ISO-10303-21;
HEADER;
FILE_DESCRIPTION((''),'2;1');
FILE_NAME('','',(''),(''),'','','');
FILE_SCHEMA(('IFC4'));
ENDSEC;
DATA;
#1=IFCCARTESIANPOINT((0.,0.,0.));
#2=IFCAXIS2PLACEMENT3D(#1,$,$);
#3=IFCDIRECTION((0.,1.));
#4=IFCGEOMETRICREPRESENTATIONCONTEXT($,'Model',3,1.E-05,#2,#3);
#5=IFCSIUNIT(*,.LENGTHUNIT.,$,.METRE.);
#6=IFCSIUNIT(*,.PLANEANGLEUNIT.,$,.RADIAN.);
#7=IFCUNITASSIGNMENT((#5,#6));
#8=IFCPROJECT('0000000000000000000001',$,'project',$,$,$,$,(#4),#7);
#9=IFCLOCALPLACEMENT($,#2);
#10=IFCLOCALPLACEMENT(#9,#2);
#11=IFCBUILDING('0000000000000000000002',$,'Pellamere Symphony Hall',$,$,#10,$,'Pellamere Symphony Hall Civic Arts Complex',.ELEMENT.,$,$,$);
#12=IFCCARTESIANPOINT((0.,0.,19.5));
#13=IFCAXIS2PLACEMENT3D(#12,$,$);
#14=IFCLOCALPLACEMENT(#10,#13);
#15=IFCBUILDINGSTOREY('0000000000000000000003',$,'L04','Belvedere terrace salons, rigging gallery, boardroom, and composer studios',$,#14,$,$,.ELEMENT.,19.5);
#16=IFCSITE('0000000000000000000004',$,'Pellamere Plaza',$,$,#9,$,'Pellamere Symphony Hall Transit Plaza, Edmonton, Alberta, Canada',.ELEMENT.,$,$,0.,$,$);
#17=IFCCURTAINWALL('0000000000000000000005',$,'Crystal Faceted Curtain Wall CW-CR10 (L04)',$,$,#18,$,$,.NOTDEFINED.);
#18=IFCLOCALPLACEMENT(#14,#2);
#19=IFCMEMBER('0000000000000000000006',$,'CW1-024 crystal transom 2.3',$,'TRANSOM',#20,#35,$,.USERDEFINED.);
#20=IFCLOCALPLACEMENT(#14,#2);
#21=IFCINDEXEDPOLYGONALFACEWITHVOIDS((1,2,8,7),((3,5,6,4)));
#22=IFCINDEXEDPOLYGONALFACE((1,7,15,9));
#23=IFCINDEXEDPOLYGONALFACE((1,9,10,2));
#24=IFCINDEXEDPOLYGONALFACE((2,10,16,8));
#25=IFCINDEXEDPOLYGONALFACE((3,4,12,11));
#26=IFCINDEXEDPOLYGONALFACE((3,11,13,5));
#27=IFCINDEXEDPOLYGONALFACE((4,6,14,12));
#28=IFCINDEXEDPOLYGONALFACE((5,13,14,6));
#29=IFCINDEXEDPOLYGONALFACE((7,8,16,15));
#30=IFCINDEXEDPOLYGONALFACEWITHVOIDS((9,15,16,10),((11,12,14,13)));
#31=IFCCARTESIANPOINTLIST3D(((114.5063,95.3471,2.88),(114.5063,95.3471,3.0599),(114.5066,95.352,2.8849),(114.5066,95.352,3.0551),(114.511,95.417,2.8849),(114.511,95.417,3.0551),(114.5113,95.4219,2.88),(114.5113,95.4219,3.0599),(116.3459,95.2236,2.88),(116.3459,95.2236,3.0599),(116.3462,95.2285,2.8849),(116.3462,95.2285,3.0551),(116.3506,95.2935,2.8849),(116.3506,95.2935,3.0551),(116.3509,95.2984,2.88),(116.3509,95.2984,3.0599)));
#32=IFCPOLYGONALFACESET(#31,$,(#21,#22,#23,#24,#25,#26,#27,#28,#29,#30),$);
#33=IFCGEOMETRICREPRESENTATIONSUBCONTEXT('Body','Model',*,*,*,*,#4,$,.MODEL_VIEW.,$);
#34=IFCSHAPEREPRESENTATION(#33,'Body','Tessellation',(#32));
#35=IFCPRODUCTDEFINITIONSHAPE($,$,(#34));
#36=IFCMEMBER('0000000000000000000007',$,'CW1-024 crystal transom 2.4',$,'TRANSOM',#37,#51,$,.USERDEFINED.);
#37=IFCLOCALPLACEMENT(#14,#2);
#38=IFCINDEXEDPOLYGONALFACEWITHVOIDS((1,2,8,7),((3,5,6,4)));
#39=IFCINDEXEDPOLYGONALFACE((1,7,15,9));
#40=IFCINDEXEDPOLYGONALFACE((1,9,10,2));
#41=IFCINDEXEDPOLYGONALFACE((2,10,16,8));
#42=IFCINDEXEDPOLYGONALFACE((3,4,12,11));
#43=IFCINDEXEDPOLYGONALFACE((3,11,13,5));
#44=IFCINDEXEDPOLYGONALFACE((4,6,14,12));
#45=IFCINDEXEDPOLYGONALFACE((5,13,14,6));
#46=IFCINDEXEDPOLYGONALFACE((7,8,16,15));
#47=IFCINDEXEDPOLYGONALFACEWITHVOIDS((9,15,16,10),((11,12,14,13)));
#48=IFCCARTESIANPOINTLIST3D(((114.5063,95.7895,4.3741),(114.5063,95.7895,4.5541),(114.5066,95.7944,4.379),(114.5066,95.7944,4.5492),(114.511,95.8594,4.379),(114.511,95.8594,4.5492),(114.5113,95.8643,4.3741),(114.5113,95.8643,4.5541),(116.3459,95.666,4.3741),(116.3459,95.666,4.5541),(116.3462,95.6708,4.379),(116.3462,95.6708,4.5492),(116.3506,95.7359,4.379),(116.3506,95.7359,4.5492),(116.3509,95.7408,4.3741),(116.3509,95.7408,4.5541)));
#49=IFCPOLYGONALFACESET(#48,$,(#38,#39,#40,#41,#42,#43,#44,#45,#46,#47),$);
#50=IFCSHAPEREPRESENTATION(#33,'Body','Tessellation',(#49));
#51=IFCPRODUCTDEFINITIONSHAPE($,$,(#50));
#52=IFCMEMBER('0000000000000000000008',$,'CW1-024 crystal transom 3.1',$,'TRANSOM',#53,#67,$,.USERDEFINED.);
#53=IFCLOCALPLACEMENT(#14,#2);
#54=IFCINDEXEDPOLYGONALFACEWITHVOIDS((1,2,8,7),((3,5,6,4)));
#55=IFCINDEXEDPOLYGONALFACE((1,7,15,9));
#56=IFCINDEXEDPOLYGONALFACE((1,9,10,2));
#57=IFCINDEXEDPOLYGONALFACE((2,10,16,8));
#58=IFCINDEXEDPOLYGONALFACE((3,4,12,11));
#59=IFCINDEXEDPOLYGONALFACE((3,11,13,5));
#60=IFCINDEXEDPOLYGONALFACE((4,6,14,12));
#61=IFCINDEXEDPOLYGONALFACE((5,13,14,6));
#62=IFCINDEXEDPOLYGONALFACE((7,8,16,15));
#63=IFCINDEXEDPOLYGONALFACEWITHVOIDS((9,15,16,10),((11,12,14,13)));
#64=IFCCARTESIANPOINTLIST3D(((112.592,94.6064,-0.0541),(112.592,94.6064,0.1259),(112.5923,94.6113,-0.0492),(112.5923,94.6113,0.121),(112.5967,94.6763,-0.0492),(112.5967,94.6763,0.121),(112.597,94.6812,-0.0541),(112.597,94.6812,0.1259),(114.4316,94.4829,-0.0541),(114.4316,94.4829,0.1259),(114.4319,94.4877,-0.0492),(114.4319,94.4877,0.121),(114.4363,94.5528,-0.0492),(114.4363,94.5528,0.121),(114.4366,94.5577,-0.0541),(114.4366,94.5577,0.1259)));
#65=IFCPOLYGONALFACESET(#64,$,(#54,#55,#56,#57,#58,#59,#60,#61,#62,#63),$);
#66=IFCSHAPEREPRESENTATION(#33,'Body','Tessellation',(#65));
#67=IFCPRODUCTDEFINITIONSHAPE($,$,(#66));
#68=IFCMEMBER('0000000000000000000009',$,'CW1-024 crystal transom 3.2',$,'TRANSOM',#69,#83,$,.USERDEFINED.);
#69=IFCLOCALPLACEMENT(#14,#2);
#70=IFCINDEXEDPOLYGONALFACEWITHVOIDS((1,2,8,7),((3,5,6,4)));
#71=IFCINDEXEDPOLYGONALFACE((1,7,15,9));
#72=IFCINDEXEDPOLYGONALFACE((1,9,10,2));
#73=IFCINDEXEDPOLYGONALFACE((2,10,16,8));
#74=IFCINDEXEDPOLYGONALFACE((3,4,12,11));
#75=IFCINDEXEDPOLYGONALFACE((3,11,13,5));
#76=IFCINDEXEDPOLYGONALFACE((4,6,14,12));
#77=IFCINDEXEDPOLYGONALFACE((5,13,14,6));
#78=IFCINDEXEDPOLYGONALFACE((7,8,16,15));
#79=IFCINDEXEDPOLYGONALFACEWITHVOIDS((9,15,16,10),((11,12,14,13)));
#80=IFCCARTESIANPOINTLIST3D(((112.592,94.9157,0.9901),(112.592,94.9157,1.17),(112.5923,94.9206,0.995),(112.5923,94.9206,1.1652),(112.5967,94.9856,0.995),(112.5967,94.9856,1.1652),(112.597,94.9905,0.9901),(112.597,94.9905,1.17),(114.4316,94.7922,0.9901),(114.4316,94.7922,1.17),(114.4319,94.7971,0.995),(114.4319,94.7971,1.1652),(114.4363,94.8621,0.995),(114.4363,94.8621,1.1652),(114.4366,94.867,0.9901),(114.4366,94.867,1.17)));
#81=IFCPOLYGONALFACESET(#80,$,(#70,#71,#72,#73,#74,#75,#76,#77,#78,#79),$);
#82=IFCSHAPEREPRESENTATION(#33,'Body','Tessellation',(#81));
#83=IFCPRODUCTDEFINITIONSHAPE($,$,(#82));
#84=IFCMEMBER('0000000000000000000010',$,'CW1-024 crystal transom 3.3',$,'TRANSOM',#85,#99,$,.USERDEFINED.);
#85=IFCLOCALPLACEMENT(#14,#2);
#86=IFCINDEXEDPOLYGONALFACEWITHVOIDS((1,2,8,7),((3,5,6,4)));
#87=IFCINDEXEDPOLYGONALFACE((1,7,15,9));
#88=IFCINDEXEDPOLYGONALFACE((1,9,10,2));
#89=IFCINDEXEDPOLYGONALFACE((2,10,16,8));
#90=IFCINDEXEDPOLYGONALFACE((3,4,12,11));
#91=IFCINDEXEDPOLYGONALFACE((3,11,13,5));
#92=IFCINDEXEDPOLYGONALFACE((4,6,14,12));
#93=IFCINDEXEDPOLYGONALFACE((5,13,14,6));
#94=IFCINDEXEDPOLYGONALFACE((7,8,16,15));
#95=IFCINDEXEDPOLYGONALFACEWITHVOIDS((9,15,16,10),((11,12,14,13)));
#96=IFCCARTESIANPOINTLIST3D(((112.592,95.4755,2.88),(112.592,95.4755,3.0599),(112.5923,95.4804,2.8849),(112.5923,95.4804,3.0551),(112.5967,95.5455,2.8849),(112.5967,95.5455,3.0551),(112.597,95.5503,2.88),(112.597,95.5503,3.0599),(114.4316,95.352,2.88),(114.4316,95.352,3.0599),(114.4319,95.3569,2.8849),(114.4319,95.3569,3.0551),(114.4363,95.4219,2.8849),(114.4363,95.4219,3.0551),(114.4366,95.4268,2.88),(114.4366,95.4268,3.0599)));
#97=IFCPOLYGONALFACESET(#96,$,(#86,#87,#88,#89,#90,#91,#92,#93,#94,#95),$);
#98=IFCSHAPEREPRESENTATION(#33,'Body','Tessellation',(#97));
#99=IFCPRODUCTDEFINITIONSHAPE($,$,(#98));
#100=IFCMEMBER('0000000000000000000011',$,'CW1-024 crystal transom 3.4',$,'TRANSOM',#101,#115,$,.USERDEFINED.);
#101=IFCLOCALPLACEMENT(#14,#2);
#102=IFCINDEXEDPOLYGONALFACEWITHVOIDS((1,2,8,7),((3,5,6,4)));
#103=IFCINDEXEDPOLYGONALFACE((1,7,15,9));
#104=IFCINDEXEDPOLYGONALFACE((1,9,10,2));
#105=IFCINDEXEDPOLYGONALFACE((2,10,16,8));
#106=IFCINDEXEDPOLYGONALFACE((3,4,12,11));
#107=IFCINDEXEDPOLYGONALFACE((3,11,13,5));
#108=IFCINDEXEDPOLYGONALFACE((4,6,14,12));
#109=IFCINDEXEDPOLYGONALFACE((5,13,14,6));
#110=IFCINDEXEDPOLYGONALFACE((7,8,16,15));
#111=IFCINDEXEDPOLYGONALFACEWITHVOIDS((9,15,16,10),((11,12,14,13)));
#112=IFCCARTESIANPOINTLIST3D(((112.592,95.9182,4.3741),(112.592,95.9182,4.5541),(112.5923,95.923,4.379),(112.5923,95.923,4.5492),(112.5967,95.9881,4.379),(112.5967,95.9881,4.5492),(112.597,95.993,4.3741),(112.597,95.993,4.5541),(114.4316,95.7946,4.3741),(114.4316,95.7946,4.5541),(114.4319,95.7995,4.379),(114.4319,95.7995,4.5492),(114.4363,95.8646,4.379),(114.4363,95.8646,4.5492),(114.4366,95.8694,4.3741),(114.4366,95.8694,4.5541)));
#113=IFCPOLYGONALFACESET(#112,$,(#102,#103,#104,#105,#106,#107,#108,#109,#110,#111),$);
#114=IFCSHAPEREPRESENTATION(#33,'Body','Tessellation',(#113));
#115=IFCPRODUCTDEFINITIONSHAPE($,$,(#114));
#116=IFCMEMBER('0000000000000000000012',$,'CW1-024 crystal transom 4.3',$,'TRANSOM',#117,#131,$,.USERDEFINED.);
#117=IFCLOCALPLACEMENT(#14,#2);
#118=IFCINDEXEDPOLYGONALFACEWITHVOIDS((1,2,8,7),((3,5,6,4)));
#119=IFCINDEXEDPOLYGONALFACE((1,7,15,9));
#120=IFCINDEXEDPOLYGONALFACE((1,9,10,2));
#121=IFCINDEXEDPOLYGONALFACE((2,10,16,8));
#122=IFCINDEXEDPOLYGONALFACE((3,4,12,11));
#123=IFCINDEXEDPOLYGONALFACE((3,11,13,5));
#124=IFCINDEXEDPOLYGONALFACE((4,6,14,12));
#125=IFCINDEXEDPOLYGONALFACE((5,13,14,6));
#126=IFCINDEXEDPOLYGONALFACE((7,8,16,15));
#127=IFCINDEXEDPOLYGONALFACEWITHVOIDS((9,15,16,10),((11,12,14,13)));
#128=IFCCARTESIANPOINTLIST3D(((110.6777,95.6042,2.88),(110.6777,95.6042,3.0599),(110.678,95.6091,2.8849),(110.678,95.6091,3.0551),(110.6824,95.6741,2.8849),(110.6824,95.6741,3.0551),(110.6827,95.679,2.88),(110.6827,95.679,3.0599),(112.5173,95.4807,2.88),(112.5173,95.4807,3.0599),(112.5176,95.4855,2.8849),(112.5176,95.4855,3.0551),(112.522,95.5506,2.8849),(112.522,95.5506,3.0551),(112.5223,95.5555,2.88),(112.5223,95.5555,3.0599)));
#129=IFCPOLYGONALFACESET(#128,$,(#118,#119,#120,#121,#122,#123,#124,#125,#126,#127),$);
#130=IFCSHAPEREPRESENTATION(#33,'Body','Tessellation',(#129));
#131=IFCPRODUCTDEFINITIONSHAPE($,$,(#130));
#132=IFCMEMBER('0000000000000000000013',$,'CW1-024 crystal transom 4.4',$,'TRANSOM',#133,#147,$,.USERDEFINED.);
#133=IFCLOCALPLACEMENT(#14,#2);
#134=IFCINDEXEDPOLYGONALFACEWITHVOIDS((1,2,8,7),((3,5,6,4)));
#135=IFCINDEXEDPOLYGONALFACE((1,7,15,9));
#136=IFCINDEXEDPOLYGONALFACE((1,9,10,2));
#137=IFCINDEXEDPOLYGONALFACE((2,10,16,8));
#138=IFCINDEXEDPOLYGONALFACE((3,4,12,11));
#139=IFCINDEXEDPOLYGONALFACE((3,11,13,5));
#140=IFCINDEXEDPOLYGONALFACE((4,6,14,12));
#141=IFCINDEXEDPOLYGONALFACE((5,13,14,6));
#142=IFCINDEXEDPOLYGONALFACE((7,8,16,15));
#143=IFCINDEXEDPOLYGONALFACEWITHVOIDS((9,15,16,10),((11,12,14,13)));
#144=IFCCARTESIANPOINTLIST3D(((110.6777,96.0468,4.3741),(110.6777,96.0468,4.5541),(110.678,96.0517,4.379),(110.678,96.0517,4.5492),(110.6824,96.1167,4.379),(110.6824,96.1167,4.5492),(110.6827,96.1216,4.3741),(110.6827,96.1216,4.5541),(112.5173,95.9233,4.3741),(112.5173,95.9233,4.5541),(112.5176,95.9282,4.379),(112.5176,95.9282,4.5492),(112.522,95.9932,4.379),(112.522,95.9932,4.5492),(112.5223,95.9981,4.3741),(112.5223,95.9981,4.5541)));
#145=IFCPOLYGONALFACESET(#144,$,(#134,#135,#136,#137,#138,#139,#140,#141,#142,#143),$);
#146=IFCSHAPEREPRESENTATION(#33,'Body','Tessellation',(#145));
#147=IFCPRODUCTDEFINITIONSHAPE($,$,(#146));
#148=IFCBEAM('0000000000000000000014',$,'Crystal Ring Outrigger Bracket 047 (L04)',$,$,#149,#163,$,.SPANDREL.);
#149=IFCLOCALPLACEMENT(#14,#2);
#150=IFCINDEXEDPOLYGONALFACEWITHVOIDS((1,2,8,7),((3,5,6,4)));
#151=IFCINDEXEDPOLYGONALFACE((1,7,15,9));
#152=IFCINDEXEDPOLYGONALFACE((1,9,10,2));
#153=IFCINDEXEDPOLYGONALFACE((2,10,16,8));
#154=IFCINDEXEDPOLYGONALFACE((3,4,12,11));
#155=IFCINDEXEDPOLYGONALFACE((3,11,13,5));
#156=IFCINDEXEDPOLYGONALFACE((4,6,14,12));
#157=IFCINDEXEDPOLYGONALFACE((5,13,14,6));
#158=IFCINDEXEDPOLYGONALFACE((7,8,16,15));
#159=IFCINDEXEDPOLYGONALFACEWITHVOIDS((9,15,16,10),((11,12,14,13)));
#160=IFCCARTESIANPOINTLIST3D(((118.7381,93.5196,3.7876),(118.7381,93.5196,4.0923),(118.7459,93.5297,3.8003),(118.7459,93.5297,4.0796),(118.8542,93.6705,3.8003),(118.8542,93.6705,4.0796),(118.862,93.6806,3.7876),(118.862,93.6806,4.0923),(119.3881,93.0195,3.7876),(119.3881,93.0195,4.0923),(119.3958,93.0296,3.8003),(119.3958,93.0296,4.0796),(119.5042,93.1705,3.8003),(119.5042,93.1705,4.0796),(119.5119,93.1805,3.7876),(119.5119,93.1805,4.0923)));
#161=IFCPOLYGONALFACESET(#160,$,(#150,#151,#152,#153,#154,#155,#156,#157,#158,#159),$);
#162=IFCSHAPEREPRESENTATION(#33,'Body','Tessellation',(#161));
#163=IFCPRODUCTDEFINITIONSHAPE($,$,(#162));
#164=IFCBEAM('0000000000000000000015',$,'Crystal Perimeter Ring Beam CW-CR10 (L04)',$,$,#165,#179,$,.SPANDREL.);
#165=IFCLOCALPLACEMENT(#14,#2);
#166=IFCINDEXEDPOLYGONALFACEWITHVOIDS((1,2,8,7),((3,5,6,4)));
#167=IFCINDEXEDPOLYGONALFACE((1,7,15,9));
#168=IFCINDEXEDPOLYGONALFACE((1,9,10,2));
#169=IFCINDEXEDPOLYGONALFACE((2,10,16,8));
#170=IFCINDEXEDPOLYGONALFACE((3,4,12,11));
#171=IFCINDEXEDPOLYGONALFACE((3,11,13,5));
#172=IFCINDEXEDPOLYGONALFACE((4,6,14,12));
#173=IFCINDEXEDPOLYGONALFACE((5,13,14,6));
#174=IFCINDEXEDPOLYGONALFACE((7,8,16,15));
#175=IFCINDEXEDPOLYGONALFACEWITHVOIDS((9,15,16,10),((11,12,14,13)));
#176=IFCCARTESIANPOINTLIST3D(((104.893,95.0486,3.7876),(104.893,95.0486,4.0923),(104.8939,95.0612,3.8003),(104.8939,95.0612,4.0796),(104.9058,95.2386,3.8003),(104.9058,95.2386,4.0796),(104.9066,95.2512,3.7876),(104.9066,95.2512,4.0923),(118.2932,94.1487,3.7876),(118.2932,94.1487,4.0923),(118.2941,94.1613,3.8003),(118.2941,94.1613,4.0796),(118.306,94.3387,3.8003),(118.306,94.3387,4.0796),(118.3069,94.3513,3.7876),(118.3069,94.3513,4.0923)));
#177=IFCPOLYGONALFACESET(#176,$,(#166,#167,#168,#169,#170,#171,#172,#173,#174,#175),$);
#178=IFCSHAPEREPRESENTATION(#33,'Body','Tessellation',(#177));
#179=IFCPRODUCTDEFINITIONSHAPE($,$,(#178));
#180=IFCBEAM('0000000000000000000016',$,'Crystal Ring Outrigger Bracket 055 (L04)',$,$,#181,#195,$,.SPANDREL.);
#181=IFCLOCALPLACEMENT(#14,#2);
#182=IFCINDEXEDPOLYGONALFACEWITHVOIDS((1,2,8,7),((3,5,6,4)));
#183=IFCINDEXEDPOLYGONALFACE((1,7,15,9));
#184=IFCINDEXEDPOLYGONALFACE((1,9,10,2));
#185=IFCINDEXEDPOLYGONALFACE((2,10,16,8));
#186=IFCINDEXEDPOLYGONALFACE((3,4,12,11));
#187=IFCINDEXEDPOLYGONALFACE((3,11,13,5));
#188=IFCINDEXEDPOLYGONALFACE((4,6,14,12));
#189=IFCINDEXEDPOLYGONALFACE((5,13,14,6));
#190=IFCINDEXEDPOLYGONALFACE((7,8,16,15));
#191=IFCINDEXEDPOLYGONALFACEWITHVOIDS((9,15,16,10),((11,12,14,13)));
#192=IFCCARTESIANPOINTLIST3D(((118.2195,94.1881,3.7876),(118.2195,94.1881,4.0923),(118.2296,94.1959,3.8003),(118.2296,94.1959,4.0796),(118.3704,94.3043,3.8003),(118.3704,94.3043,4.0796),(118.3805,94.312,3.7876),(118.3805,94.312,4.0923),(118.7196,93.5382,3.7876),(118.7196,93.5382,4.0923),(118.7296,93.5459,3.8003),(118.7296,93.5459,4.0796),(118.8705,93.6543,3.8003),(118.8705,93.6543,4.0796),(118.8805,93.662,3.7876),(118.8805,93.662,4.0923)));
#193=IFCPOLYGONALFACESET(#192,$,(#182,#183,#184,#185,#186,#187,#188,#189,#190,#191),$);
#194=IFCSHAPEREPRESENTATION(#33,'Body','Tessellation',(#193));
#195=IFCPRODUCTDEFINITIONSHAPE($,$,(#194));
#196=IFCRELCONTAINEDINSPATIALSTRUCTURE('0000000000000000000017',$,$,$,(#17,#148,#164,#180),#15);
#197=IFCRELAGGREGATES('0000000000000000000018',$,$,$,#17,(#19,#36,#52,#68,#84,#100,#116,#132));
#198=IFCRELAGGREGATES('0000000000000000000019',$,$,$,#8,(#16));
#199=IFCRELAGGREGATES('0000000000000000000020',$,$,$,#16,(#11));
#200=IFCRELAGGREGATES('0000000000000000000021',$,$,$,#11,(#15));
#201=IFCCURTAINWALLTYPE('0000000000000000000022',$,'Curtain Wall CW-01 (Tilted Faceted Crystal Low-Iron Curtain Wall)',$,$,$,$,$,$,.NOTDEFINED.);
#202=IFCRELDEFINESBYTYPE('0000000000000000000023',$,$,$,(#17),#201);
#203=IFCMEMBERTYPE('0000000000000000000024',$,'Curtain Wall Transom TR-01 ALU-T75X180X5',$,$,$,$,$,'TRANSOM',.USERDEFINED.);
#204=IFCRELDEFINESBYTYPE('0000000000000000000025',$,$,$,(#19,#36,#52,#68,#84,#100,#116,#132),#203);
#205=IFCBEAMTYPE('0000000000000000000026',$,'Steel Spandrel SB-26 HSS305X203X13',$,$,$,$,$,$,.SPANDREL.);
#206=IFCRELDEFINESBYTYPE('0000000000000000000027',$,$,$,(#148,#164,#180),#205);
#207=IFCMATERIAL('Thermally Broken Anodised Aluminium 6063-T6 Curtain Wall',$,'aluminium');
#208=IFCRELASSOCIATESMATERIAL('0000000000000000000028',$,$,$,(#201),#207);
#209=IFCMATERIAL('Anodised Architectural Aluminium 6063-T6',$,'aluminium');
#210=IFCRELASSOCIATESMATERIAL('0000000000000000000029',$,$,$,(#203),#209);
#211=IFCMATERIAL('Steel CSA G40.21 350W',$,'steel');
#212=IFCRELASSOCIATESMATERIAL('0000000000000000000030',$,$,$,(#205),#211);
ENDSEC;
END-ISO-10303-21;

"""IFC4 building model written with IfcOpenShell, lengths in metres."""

from ifc_helpers import new_model, si_unit, direction, frame, origin, origin_2d, place, context, subcontext, project, spatial, hollow_rectangle, extrude, material, material_profile, profile_set, type_object, element, aggregate, save


model = new_model("IFC4")

# Units and contexts
model_context = context("Model", 3, precision=1e-05, world=origin(), true_north=direction((0.0, 1.0)))
body_context = subcontext(model_context, "Body", "Model", "MODEL_VIEW")
ifc_project = project(units=[si_unit("LENGTHUNIT", "METRE"), si_unit("PLANEANGLEUNIT", "RADIAN")], contexts=[model_context])

# Site, building, storey
site_placement = place(None, origin())
site = spatial("IfcSite", under=ifc_project, at=site_placement, Name="Pellamere Plaza", LongName="Pellamere Symphony Hall Transit Plaza, Edmonton, Alberta, Canada", CompositionType="ELEMENT", RefElevation=0.0)
building_placement = place(site_placement, origin())
building = spatial("IfcBuilding", under=site, at=building_placement, Name="Pellamere Symphony Hall", LongName="Pellamere Symphony Hall Civic Arts Complex", CompositionType="ELEMENT")
storey_placement = place(building_placement, frame((0.0, 0.0, 19.5)))
storey = spatial("IfcBuildingStorey", under=building, at=storey_placement, Name="L04", Description="Belvedere terrace salons, rigging gallery, boardroom, and composer studios", CompositionType="ELEMENT", Elevation=19.5)

# Curtain wall, members
ifc_material_1 = material(Name="Thermally Broken Anodised Aluminium 6063-T6 Curtain Wall", Category="aluminium")
curtain_wall_type = type_object("IfcCurtainWallType", Name="Curtain Wall CW-01 (Tilted Faceted Crystal Low-Iron Curtain Wall)", PredefinedType="NOTDEFINED", material=ifc_material_1)
curtain_wall_placement = place(storey_placement, origin())
curtain_wall = element("IfcCurtainWall", 1, at=curtain_wall_placement, inside=storey, type_object=curtain_wall_type, Name="Crystal Faceted Curtain Wall CW-CR10 (L04)", PredefinedType="NOTDEFINED")
ifc_material_2 = material(Name="Anodised Architectural Aluminium 6063-T6", Category="aluminium")
ifc_material_profile_1 = material_profile(ifc_material_2, hollow_rectangle(XDim=0.075, YDim=0.1799, WallThickness=0.0049, at=origin_2d()), Name="ALU-T75X180X5")
ifc_profile_set_1 = profile_set([ifc_material_profile_1], Name="Anodised Architectural Aluminium 6063-T6")
member_type_1 = type_object("IfcMemberType", Name="Curtain Wall Transom TR-01 ALU-T75X180X5", ElementType="TRANSOM", PredefinedType="USERDEFINED", material=ifc_profile_set_1)
member_1_placement = place(storey_placement, frame((116.3484, 95.261, 2.97), z_axis=(-0.997753, 0.067002, 0.0), x_axis=(-0.067002, -0.997753, 0.0)))
member_1 = element("IfcMember", 2, at=member_1_placement, type_object=member_type_1, Name="CW1-024 crystal transom 2.3", ObjectType="TRANSOM", PredefinedType="USERDEFINED", context=body_context, shape_type="SweptSolid", body=[
    extrude(hollow_rectangle(XDim=0.075, YDim=0.1799, WallThickness=0.0049, at=origin_2d()), origin(), (0.0, 0.0, 1.0), 1.8438),
])
member_2_placement = place(storey_placement, frame((116.3484, 95.7034, 4.4641), z_axis=(-0.997753, 0.067002, 0.0), x_axis=(-0.067002, -0.997753, 0.0)))
member_2 = element("IfcMember", 3, at=member_2_placement, type_object=member_type_1, Name="CW1-024 crystal transom 2.4", ObjectType="TRANSOM", PredefinedType="USERDEFINED", context=body_context, shape_type="SweptSolid", body=[
    extrude(hollow_rectangle(XDim=0.075, YDim=0.1799, WallThickness=0.0049, at=origin_2d()), origin(), (0.0, 0.0, 1.0), 1.8438),
])
member_3_placement = place(storey_placement, frame((114.4341, 94.5203, 0.0359), z_axis=(-0.997753, 0.067002, 0.0), x_axis=(-0.067002, -0.997753, 0.0)))
member_3 = element("IfcMember", 4, at=member_3_placement, type_object=member_type_1, Name="CW1-024 crystal transom 3.1", ObjectType="TRANSOM", PredefinedType="USERDEFINED", context=body_context, shape_type="SweptSolid", body=[
    extrude(hollow_rectangle(XDim=0.075, YDim=0.1799, WallThickness=0.0049, at=origin_2d()), origin(), (0.0, 0.0, 1.0), 1.8438),
])
member_4_placement = place(storey_placement, frame((114.4341, 94.8296, 1.0801), z_axis=(-0.997753, 0.067002, 0.0), x_axis=(-0.067002, -0.997753, 0.0)))
member_4 = element("IfcMember", 5, at=member_4_placement, type_object=member_type_1, Name="CW1-024 crystal transom 3.2", ObjectType="TRANSOM", PredefinedType="USERDEFINED", context=body_context, shape_type="SweptSolid", body=[
    extrude(hollow_rectangle(XDim=0.075, YDim=0.1799, WallThickness=0.0049, at=origin_2d()), origin(), (0.0, 0.0, 1.0), 1.8438),
])
member_5_placement = place(storey_placement, frame((114.4341, 95.3894, 2.97), z_axis=(-0.997753, 0.067002, 0.0), x_axis=(-0.067002, -0.997753, 0.0)))
member_5 = element("IfcMember", 6, at=member_5_placement, type_object=member_type_1, Name="CW1-024 crystal transom 3.3", ObjectType="TRANSOM", PredefinedType="USERDEFINED", context=body_context, shape_type="SweptSolid", body=[
    extrude(hollow_rectangle(XDim=0.075, YDim=0.1799, WallThickness=0.0049, at=origin_2d()), origin(), (0.0, 0.0, 1.0), 1.8438),
])
member_6_placement = place(storey_placement, frame((114.4341, 95.832, 4.4641), z_axis=(-0.997753, 0.067002, 0.0), x_axis=(-0.067002, -0.997753, 0.0)))
member_6 = element("IfcMember", 7, at=member_6_placement, type_object=member_type_1, Name="CW1-024 crystal transom 3.4", ObjectType="TRANSOM", PredefinedType="USERDEFINED", context=body_context, shape_type="SweptSolid", body=[
    extrude(hollow_rectangle(XDim=0.075, YDim=0.1799, WallThickness=0.0049, at=origin_2d()), origin(), (0.0, 0.0, 1.0), 1.8438),
])
member_7_placement = place(storey_placement, frame((112.5198, 95.5181, 2.97), z_axis=(-0.997753, 0.067002, 0.0), x_axis=(-0.067002, -0.997753, 0.0)))
member_7 = element("IfcMember", 8, at=member_7_placement, type_object=member_type_1, Name="CW1-024 crystal transom 4.3", ObjectType="TRANSOM", PredefinedType="USERDEFINED", context=body_context, shape_type="SweptSolid", body=[
    extrude(hollow_rectangle(XDim=0.075, YDim=0.1799, WallThickness=0.0049, at=origin_2d()), origin(), (0.0, 0.0, 1.0), 1.8438),
])
member_8_placement = place(storey_placement, frame((112.5198, 95.9607, 4.4641), z_axis=(-0.997753, 0.067002, 0.0), x_axis=(-0.067002, -0.997753, 0.0)))
member_8 = element("IfcMember", 9, at=member_8_placement, type_object=member_type_1, Name="CW1-024 crystal transom 4.4", ObjectType="TRANSOM", PredefinedType="USERDEFINED", context=body_context, shape_type="SweptSolid", body=[
    extrude(hollow_rectangle(XDim=0.075, YDim=0.1799, WallThickness=0.0049, at=origin_2d()), origin(), (0.0, 0.0, 1.0), 1.8438),
])

# Beams
ifc_material_3 = material(Name="Steel CSA G40.21 350W", Category="steel")
ifc_material_profile_2 = material_profile(ifc_material_3, hollow_rectangle(XDim=0.2031, YDim=0.3047, WallThickness=0.0127, at=origin_2d()), Name="HSS305X203X13")
ifc_profile_set_2 = profile_set([ifc_material_profile_2], Name="Steel CSA G40.21 350W")
beam_type = type_object("IfcBeamType", Name="Steel Spandrel SB-26 HSS305X203X13", PredefinedType="SPANDREL", material=ifc_profile_set_2)
beam_1_placement = place(storey_placement, frame((118.8, 93.6001, 3.9399), z_axis=(0.79258, -0.609768, 0.0), x_axis=(0.609768, 0.79258, 0.0)))
element("IfcBeam", 10, at=beam_1_placement, inside=storey, type_object=beam_type, Name="Crystal Ring Outrigger Bracket 047 (L04)", PredefinedType="SPANDREL", context=body_context, shape_type="SweptSolid", body=[
    extrude(hollow_rectangle(XDim=0.2031, YDim=0.3047, WallThickness=0.0127, at=origin_2d()), origin(), (0.0, 0.0, 1.0), 0.8201),
])
beam_2_placement = place(storey_placement, frame((118.3, 94.25, 3.9399), z_axis=(-0.997753, 0.067005, 0.0), x_axis=(-0.067005, -0.997753, 0.0)))
element("IfcBeam", 11, at=beam_2_placement, inside=storey, type_object=beam_type, Name="Crystal Perimeter Ring Beam CW-CR10 (L04)", PredefinedType="SPANDREL", context=body_context, shape_type="SweptSolid", body=[
    extrude(hollow_rectangle(XDim=0.2031, YDim=0.3047, WallThickness=0.0127, at=origin_2d()), origin(), (0.0, 0.0, 1.0), 13.4304),
])
beam_3_placement = place(storey_placement, frame((118.8, 93.6001, 3.9399), z_axis=(-0.609768, 0.79258, 0.0), x_axis=(-0.79258, -0.609768, 0.0)))
element("IfcBeam", 12, at=beam_3_placement, inside=storey, type_object=beam_type, Name="Crystal Ring Outrigger Bracket 055 (L04)", PredefinedType="SPANDREL", context=body_context, shape_type="SweptSolid", body=[
    extrude(hollow_rectangle(XDim=0.2031, YDim=0.3047, WallThickness=0.0127, at=origin_2d()), origin(), (0.0, 0.0, 1.0), 0.8201),
])

aggregate(curtain_wall, [member_1, member_2, member_3, member_4, member_5, member_6, member_7, member_8])

save(model, "model.ifc")
